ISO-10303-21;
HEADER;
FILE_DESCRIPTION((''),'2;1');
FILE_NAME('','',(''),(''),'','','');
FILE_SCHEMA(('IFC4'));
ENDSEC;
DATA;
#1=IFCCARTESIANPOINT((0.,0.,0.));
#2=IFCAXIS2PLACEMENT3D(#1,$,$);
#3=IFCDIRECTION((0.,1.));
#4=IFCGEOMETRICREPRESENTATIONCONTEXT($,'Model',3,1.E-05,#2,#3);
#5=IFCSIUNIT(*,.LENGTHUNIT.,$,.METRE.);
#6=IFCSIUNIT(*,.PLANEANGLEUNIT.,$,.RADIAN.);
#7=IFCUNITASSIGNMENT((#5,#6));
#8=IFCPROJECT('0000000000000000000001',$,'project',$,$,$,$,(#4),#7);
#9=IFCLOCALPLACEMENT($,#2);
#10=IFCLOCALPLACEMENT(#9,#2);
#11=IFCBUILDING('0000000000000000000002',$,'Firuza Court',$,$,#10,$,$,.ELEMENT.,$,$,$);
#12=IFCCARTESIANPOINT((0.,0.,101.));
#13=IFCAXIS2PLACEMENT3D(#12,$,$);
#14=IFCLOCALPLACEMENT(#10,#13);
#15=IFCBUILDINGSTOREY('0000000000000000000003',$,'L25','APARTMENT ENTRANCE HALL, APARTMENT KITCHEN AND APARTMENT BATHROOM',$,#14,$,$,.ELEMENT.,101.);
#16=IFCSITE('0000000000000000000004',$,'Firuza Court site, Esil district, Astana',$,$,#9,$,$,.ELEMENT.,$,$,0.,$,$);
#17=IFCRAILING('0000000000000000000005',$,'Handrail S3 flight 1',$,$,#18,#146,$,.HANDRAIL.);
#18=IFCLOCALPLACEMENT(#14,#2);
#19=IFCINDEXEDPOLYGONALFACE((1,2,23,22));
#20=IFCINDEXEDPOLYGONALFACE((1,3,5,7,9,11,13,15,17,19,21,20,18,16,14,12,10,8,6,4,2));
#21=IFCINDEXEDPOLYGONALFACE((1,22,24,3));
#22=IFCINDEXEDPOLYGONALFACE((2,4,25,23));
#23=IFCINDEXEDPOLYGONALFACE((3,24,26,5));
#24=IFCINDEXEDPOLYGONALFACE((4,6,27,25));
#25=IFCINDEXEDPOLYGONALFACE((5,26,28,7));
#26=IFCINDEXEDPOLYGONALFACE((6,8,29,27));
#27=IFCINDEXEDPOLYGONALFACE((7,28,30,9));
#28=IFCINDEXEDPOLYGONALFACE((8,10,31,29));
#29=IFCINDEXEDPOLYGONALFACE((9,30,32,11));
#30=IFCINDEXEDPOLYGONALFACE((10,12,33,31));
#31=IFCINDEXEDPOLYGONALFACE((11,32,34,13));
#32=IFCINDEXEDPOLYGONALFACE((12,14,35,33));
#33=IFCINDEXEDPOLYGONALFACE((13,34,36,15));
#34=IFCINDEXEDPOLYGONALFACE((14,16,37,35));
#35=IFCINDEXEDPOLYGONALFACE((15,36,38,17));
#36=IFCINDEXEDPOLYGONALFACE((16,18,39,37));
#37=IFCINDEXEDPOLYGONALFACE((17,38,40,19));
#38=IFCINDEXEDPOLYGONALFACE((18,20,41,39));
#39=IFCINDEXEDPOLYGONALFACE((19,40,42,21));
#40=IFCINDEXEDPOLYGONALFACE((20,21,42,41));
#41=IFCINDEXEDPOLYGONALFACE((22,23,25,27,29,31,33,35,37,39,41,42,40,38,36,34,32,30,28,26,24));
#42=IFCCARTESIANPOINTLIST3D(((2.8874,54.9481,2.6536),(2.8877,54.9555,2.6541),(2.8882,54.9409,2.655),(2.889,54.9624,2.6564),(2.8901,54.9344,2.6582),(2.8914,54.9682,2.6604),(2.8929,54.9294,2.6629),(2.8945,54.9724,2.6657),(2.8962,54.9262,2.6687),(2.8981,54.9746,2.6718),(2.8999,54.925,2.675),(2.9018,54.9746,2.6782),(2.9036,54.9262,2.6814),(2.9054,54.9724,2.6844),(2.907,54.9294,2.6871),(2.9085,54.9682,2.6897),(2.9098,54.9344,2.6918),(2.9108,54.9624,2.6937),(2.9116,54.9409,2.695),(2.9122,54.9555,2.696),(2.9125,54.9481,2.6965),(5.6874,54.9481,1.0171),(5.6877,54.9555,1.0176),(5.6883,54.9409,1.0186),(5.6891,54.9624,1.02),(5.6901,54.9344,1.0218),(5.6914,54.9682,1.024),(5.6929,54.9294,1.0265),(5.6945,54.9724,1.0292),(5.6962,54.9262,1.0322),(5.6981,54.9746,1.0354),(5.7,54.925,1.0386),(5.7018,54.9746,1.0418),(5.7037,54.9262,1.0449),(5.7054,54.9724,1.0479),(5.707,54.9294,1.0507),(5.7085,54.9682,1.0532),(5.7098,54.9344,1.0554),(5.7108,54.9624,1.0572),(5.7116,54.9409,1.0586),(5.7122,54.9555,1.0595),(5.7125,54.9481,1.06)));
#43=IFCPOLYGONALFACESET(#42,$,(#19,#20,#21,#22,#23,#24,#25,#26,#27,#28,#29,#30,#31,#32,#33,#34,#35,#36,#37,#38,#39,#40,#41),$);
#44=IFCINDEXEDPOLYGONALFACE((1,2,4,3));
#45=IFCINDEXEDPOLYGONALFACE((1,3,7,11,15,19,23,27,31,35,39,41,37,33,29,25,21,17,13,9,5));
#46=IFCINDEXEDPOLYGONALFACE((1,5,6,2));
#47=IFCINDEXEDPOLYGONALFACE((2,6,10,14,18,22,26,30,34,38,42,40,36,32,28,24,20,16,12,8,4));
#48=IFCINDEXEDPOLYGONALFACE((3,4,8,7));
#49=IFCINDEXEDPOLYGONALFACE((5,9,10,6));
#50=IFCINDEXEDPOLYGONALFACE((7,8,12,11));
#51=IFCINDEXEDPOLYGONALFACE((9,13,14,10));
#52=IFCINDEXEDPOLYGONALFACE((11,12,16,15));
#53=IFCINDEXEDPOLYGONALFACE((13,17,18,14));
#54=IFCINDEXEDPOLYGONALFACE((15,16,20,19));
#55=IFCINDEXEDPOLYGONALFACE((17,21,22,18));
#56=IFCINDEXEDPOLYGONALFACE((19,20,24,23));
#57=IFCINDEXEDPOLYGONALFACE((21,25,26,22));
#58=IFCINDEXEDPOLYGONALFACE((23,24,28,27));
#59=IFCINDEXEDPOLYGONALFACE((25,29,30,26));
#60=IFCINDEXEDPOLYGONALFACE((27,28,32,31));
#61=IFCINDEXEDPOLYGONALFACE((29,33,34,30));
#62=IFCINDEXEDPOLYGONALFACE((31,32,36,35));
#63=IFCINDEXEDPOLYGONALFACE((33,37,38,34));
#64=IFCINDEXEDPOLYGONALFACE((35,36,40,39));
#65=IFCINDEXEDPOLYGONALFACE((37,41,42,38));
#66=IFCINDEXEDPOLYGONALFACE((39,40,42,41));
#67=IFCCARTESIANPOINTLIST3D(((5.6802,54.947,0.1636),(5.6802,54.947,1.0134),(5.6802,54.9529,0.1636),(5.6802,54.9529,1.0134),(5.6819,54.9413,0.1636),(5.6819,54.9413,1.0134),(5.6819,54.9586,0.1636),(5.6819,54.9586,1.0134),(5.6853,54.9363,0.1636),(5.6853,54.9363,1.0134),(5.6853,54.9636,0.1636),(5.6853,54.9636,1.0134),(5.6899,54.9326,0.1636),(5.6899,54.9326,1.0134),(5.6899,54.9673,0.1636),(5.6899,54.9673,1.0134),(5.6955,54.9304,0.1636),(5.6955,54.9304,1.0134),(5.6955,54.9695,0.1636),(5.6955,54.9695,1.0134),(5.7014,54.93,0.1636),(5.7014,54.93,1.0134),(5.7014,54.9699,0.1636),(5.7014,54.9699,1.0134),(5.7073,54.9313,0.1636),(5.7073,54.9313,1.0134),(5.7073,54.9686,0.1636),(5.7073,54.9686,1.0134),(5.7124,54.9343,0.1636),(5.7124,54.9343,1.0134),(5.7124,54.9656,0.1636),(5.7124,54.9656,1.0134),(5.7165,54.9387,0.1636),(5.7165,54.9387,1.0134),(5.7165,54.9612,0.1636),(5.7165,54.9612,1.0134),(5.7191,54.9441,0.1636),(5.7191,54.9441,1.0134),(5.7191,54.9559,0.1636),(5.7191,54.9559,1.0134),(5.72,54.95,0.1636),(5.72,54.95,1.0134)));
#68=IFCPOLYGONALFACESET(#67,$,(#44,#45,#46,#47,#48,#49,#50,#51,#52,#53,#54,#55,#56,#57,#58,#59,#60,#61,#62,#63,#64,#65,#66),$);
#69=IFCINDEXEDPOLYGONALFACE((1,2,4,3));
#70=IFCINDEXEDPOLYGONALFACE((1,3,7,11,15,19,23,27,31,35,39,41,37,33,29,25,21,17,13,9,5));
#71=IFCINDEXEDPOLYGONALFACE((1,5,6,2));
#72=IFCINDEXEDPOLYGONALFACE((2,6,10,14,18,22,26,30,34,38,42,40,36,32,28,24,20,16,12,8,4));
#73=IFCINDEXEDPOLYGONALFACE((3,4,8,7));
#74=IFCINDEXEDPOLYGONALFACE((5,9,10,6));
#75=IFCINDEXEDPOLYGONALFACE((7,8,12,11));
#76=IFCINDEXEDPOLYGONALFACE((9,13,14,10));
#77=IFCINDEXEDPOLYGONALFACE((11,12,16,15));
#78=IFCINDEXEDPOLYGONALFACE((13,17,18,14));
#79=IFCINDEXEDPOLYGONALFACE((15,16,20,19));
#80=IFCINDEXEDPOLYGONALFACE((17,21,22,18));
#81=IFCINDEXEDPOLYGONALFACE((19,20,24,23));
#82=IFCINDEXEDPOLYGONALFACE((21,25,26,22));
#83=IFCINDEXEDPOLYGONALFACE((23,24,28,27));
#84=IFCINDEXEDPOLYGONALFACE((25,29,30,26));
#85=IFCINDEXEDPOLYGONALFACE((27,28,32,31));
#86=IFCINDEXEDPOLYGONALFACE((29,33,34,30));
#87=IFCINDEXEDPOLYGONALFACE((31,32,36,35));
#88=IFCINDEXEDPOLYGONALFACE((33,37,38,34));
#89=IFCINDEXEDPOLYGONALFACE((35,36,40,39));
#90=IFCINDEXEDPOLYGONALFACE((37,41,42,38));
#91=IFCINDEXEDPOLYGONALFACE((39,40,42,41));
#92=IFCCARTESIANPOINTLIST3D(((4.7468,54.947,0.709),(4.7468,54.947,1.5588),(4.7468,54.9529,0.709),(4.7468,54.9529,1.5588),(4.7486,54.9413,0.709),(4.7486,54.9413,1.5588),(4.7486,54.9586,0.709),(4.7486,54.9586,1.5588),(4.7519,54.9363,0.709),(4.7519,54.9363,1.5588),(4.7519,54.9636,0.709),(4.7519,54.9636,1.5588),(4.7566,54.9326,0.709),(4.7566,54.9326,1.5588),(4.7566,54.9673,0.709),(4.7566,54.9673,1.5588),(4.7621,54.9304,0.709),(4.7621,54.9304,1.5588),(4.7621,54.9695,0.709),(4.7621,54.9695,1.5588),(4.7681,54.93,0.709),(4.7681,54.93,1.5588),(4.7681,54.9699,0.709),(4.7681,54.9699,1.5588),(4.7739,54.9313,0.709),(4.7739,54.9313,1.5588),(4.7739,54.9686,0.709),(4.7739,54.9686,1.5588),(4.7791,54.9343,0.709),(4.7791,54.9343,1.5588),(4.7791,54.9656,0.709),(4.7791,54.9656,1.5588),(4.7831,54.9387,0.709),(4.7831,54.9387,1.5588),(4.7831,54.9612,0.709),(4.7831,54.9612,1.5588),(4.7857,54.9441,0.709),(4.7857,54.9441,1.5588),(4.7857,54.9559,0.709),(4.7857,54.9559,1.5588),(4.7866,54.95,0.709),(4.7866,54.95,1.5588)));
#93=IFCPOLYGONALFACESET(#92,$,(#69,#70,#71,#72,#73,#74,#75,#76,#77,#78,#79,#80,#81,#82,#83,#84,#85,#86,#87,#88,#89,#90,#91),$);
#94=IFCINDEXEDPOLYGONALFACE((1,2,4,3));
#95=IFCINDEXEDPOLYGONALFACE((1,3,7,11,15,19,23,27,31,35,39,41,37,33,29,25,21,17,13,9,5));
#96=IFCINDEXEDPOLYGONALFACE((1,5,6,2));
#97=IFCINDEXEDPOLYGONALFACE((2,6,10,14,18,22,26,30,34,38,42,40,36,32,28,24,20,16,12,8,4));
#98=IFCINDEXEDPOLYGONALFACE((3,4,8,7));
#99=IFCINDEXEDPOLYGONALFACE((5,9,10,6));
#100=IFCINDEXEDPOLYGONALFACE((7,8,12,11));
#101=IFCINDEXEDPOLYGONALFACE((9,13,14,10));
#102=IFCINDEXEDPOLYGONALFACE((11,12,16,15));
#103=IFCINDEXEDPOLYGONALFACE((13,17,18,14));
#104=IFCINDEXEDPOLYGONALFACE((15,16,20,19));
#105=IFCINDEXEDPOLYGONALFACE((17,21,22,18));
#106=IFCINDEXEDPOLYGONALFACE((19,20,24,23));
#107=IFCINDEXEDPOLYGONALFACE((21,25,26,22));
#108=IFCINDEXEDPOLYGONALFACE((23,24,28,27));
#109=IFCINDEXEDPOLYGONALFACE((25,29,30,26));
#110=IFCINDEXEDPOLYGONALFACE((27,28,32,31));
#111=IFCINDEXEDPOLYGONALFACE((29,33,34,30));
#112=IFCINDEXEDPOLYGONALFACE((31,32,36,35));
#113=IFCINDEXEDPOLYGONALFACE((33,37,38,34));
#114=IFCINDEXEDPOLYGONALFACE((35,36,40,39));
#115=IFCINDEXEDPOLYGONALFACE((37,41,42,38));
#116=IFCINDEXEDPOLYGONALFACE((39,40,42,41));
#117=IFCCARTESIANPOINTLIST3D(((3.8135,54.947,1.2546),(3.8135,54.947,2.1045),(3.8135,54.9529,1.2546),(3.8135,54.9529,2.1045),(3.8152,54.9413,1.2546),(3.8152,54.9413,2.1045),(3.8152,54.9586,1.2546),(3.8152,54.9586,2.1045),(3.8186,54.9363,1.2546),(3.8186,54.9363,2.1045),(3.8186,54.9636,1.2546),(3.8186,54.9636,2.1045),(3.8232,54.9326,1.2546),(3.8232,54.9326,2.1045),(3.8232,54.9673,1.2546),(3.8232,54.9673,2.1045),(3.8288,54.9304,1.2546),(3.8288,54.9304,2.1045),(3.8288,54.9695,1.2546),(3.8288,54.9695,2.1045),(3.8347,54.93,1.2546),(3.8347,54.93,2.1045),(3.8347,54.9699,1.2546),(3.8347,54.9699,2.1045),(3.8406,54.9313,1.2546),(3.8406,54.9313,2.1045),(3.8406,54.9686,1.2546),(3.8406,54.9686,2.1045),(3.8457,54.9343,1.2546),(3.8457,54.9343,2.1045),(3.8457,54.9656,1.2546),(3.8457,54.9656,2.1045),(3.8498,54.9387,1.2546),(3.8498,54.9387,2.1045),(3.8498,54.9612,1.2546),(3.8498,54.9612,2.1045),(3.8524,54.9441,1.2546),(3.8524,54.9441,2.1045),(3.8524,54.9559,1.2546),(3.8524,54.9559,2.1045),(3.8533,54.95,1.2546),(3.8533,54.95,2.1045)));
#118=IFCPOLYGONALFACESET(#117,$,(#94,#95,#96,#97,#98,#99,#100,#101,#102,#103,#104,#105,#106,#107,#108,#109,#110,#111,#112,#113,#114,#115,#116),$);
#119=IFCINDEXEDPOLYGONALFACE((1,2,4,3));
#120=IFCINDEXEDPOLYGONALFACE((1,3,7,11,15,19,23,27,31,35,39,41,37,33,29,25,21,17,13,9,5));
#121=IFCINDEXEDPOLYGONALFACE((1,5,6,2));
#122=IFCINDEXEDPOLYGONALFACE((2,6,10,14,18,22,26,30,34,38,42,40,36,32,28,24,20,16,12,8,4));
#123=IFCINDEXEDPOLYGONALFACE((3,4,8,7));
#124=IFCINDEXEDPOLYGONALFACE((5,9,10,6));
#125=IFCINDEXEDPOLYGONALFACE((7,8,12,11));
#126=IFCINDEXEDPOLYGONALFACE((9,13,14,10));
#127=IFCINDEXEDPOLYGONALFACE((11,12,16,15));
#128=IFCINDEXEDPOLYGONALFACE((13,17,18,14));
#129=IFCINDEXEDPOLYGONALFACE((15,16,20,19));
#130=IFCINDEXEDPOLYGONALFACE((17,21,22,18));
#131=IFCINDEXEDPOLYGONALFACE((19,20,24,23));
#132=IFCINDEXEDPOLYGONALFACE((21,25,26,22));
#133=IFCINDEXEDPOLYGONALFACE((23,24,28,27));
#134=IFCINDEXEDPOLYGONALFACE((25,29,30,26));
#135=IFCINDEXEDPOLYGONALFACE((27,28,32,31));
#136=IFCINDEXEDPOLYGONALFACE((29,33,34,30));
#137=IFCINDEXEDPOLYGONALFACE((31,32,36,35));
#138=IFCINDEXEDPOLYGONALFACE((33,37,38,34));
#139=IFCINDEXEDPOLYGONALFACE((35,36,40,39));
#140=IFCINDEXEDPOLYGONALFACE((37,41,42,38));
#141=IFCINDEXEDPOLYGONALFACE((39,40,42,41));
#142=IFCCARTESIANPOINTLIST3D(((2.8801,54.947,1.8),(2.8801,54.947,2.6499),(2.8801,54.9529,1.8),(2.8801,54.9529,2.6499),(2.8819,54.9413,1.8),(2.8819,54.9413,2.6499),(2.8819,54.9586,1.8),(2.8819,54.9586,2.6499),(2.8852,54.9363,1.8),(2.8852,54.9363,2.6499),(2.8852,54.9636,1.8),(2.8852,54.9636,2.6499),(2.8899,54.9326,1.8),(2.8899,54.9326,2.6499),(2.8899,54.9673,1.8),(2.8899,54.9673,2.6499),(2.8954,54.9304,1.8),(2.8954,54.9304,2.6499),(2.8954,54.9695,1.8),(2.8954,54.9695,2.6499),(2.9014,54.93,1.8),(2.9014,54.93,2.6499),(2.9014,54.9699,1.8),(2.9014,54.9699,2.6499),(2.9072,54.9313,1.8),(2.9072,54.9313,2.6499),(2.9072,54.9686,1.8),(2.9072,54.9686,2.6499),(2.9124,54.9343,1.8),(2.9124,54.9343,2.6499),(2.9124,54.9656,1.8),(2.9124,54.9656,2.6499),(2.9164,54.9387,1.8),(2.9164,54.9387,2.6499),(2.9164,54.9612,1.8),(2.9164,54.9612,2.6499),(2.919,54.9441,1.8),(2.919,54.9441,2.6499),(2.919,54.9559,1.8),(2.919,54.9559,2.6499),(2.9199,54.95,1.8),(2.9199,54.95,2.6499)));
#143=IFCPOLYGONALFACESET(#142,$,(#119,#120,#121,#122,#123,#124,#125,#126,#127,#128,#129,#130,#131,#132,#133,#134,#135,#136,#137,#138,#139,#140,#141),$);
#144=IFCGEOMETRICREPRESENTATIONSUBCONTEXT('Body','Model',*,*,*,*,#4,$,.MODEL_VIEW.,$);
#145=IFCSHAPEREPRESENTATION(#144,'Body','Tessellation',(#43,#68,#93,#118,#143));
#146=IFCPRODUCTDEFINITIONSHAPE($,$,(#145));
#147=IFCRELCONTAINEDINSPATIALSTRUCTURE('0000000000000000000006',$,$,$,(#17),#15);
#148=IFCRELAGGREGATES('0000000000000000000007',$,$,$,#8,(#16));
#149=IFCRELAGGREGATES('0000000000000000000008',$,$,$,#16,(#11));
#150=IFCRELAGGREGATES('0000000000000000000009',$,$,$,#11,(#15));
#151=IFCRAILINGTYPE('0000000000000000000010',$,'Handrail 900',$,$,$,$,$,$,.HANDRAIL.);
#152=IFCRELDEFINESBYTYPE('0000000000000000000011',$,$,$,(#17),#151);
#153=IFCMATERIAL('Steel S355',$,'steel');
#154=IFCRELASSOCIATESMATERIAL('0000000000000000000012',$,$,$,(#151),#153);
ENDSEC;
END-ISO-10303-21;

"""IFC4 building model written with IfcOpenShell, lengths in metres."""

from ifc_helpers import new_model, si_unit, direction, frame, origin, origin_2d, place, context, subcontext, project, spatial, circle, extrude, material, type_object, element, save


model = new_model("IFC4")

# Units and contexts
model_context = context("Model", 3, precision=1e-05, world=origin(), true_north=direction((0.0, 1.0)))
body_context = subcontext(model_context, "Body", "Model", "MODEL_VIEW")
ifc_project = project(units=[si_unit("LENGTHUNIT", "METRE"), si_unit("PLANEANGLEUNIT", "RADIAN")], contexts=[model_context])

# Site, building, storey
site_placement = place(None, origin())
site = spatial("IfcSite", under=ifc_project, at=site_placement, Name="Firuza Court site, Esil district, Astana", CompositionType="ELEMENT", RefElevation=0.0)
building_placement = place(site_placement, origin())
building = spatial("IfcBuilding", under=site, at=building_placement, Name="Firuza Court", CompositionType="ELEMENT")
storey_placement = place(building_placement, frame((0.0, 0.0, 101.0)))
storey = spatial("IfcBuildingStorey", under=building, at=storey_placement, Name="L25", Description="APARTMENT ENTRANCE HALL, APARTMENT KITCHEN AND APARTMENT BATHROOM", CompositionType="ELEMENT", Elevation=101.0)

# Railing
ifc_material_1 = material(Name="Steel S355", Category="steel")
railing_type_1 = type_object("IfcRailingType", Name="Handrail 900", PredefinedType="HANDRAIL", material=ifc_material_1)
railing_1_placement = place(storey_placement, frame((5.7, 54.95, 0.1636)))
element("IfcRailing", 1, at=railing_1_placement, inside=storey, type_object=railing_type_1, Name="Handrail S3 flight 1", PredefinedType="HANDRAIL", context=body_context, shape_type="SweptSolid", body=[
    extrude(circle(Radius=0.0249, at=origin_2d()), frame((0.0, 0.0, 0.875), z_axis=(-0.863361, 0.0, 0.504587), x_axis=(0.0, -1.0, 0.0)), (0.0, 0.0, 1.0), 3.2432),
    extrude(circle(Radius=0.02, at=origin_2d()), origin(), (0.0, 0.0, 1.0), 0.8499),
    extrude(circle(Radius=0.02, at=origin_2d()), frame((-0.9333, 0.0, 0.5454)), (0.0, 0.0, 1.0), 0.8499),
    extrude(circle(Radius=0.02, at=origin_2d()), frame((-1.8667, 0.0, 1.0911)), (0.0, 0.0, 1.0), 0.8499),
    extrude(circle(Radius=0.02, at=origin_2d()), frame((-2.8, 0.0, 1.6365)), (0.0, 0.0, 1.0), 0.8499),
])

save(model, "model.ifc")
